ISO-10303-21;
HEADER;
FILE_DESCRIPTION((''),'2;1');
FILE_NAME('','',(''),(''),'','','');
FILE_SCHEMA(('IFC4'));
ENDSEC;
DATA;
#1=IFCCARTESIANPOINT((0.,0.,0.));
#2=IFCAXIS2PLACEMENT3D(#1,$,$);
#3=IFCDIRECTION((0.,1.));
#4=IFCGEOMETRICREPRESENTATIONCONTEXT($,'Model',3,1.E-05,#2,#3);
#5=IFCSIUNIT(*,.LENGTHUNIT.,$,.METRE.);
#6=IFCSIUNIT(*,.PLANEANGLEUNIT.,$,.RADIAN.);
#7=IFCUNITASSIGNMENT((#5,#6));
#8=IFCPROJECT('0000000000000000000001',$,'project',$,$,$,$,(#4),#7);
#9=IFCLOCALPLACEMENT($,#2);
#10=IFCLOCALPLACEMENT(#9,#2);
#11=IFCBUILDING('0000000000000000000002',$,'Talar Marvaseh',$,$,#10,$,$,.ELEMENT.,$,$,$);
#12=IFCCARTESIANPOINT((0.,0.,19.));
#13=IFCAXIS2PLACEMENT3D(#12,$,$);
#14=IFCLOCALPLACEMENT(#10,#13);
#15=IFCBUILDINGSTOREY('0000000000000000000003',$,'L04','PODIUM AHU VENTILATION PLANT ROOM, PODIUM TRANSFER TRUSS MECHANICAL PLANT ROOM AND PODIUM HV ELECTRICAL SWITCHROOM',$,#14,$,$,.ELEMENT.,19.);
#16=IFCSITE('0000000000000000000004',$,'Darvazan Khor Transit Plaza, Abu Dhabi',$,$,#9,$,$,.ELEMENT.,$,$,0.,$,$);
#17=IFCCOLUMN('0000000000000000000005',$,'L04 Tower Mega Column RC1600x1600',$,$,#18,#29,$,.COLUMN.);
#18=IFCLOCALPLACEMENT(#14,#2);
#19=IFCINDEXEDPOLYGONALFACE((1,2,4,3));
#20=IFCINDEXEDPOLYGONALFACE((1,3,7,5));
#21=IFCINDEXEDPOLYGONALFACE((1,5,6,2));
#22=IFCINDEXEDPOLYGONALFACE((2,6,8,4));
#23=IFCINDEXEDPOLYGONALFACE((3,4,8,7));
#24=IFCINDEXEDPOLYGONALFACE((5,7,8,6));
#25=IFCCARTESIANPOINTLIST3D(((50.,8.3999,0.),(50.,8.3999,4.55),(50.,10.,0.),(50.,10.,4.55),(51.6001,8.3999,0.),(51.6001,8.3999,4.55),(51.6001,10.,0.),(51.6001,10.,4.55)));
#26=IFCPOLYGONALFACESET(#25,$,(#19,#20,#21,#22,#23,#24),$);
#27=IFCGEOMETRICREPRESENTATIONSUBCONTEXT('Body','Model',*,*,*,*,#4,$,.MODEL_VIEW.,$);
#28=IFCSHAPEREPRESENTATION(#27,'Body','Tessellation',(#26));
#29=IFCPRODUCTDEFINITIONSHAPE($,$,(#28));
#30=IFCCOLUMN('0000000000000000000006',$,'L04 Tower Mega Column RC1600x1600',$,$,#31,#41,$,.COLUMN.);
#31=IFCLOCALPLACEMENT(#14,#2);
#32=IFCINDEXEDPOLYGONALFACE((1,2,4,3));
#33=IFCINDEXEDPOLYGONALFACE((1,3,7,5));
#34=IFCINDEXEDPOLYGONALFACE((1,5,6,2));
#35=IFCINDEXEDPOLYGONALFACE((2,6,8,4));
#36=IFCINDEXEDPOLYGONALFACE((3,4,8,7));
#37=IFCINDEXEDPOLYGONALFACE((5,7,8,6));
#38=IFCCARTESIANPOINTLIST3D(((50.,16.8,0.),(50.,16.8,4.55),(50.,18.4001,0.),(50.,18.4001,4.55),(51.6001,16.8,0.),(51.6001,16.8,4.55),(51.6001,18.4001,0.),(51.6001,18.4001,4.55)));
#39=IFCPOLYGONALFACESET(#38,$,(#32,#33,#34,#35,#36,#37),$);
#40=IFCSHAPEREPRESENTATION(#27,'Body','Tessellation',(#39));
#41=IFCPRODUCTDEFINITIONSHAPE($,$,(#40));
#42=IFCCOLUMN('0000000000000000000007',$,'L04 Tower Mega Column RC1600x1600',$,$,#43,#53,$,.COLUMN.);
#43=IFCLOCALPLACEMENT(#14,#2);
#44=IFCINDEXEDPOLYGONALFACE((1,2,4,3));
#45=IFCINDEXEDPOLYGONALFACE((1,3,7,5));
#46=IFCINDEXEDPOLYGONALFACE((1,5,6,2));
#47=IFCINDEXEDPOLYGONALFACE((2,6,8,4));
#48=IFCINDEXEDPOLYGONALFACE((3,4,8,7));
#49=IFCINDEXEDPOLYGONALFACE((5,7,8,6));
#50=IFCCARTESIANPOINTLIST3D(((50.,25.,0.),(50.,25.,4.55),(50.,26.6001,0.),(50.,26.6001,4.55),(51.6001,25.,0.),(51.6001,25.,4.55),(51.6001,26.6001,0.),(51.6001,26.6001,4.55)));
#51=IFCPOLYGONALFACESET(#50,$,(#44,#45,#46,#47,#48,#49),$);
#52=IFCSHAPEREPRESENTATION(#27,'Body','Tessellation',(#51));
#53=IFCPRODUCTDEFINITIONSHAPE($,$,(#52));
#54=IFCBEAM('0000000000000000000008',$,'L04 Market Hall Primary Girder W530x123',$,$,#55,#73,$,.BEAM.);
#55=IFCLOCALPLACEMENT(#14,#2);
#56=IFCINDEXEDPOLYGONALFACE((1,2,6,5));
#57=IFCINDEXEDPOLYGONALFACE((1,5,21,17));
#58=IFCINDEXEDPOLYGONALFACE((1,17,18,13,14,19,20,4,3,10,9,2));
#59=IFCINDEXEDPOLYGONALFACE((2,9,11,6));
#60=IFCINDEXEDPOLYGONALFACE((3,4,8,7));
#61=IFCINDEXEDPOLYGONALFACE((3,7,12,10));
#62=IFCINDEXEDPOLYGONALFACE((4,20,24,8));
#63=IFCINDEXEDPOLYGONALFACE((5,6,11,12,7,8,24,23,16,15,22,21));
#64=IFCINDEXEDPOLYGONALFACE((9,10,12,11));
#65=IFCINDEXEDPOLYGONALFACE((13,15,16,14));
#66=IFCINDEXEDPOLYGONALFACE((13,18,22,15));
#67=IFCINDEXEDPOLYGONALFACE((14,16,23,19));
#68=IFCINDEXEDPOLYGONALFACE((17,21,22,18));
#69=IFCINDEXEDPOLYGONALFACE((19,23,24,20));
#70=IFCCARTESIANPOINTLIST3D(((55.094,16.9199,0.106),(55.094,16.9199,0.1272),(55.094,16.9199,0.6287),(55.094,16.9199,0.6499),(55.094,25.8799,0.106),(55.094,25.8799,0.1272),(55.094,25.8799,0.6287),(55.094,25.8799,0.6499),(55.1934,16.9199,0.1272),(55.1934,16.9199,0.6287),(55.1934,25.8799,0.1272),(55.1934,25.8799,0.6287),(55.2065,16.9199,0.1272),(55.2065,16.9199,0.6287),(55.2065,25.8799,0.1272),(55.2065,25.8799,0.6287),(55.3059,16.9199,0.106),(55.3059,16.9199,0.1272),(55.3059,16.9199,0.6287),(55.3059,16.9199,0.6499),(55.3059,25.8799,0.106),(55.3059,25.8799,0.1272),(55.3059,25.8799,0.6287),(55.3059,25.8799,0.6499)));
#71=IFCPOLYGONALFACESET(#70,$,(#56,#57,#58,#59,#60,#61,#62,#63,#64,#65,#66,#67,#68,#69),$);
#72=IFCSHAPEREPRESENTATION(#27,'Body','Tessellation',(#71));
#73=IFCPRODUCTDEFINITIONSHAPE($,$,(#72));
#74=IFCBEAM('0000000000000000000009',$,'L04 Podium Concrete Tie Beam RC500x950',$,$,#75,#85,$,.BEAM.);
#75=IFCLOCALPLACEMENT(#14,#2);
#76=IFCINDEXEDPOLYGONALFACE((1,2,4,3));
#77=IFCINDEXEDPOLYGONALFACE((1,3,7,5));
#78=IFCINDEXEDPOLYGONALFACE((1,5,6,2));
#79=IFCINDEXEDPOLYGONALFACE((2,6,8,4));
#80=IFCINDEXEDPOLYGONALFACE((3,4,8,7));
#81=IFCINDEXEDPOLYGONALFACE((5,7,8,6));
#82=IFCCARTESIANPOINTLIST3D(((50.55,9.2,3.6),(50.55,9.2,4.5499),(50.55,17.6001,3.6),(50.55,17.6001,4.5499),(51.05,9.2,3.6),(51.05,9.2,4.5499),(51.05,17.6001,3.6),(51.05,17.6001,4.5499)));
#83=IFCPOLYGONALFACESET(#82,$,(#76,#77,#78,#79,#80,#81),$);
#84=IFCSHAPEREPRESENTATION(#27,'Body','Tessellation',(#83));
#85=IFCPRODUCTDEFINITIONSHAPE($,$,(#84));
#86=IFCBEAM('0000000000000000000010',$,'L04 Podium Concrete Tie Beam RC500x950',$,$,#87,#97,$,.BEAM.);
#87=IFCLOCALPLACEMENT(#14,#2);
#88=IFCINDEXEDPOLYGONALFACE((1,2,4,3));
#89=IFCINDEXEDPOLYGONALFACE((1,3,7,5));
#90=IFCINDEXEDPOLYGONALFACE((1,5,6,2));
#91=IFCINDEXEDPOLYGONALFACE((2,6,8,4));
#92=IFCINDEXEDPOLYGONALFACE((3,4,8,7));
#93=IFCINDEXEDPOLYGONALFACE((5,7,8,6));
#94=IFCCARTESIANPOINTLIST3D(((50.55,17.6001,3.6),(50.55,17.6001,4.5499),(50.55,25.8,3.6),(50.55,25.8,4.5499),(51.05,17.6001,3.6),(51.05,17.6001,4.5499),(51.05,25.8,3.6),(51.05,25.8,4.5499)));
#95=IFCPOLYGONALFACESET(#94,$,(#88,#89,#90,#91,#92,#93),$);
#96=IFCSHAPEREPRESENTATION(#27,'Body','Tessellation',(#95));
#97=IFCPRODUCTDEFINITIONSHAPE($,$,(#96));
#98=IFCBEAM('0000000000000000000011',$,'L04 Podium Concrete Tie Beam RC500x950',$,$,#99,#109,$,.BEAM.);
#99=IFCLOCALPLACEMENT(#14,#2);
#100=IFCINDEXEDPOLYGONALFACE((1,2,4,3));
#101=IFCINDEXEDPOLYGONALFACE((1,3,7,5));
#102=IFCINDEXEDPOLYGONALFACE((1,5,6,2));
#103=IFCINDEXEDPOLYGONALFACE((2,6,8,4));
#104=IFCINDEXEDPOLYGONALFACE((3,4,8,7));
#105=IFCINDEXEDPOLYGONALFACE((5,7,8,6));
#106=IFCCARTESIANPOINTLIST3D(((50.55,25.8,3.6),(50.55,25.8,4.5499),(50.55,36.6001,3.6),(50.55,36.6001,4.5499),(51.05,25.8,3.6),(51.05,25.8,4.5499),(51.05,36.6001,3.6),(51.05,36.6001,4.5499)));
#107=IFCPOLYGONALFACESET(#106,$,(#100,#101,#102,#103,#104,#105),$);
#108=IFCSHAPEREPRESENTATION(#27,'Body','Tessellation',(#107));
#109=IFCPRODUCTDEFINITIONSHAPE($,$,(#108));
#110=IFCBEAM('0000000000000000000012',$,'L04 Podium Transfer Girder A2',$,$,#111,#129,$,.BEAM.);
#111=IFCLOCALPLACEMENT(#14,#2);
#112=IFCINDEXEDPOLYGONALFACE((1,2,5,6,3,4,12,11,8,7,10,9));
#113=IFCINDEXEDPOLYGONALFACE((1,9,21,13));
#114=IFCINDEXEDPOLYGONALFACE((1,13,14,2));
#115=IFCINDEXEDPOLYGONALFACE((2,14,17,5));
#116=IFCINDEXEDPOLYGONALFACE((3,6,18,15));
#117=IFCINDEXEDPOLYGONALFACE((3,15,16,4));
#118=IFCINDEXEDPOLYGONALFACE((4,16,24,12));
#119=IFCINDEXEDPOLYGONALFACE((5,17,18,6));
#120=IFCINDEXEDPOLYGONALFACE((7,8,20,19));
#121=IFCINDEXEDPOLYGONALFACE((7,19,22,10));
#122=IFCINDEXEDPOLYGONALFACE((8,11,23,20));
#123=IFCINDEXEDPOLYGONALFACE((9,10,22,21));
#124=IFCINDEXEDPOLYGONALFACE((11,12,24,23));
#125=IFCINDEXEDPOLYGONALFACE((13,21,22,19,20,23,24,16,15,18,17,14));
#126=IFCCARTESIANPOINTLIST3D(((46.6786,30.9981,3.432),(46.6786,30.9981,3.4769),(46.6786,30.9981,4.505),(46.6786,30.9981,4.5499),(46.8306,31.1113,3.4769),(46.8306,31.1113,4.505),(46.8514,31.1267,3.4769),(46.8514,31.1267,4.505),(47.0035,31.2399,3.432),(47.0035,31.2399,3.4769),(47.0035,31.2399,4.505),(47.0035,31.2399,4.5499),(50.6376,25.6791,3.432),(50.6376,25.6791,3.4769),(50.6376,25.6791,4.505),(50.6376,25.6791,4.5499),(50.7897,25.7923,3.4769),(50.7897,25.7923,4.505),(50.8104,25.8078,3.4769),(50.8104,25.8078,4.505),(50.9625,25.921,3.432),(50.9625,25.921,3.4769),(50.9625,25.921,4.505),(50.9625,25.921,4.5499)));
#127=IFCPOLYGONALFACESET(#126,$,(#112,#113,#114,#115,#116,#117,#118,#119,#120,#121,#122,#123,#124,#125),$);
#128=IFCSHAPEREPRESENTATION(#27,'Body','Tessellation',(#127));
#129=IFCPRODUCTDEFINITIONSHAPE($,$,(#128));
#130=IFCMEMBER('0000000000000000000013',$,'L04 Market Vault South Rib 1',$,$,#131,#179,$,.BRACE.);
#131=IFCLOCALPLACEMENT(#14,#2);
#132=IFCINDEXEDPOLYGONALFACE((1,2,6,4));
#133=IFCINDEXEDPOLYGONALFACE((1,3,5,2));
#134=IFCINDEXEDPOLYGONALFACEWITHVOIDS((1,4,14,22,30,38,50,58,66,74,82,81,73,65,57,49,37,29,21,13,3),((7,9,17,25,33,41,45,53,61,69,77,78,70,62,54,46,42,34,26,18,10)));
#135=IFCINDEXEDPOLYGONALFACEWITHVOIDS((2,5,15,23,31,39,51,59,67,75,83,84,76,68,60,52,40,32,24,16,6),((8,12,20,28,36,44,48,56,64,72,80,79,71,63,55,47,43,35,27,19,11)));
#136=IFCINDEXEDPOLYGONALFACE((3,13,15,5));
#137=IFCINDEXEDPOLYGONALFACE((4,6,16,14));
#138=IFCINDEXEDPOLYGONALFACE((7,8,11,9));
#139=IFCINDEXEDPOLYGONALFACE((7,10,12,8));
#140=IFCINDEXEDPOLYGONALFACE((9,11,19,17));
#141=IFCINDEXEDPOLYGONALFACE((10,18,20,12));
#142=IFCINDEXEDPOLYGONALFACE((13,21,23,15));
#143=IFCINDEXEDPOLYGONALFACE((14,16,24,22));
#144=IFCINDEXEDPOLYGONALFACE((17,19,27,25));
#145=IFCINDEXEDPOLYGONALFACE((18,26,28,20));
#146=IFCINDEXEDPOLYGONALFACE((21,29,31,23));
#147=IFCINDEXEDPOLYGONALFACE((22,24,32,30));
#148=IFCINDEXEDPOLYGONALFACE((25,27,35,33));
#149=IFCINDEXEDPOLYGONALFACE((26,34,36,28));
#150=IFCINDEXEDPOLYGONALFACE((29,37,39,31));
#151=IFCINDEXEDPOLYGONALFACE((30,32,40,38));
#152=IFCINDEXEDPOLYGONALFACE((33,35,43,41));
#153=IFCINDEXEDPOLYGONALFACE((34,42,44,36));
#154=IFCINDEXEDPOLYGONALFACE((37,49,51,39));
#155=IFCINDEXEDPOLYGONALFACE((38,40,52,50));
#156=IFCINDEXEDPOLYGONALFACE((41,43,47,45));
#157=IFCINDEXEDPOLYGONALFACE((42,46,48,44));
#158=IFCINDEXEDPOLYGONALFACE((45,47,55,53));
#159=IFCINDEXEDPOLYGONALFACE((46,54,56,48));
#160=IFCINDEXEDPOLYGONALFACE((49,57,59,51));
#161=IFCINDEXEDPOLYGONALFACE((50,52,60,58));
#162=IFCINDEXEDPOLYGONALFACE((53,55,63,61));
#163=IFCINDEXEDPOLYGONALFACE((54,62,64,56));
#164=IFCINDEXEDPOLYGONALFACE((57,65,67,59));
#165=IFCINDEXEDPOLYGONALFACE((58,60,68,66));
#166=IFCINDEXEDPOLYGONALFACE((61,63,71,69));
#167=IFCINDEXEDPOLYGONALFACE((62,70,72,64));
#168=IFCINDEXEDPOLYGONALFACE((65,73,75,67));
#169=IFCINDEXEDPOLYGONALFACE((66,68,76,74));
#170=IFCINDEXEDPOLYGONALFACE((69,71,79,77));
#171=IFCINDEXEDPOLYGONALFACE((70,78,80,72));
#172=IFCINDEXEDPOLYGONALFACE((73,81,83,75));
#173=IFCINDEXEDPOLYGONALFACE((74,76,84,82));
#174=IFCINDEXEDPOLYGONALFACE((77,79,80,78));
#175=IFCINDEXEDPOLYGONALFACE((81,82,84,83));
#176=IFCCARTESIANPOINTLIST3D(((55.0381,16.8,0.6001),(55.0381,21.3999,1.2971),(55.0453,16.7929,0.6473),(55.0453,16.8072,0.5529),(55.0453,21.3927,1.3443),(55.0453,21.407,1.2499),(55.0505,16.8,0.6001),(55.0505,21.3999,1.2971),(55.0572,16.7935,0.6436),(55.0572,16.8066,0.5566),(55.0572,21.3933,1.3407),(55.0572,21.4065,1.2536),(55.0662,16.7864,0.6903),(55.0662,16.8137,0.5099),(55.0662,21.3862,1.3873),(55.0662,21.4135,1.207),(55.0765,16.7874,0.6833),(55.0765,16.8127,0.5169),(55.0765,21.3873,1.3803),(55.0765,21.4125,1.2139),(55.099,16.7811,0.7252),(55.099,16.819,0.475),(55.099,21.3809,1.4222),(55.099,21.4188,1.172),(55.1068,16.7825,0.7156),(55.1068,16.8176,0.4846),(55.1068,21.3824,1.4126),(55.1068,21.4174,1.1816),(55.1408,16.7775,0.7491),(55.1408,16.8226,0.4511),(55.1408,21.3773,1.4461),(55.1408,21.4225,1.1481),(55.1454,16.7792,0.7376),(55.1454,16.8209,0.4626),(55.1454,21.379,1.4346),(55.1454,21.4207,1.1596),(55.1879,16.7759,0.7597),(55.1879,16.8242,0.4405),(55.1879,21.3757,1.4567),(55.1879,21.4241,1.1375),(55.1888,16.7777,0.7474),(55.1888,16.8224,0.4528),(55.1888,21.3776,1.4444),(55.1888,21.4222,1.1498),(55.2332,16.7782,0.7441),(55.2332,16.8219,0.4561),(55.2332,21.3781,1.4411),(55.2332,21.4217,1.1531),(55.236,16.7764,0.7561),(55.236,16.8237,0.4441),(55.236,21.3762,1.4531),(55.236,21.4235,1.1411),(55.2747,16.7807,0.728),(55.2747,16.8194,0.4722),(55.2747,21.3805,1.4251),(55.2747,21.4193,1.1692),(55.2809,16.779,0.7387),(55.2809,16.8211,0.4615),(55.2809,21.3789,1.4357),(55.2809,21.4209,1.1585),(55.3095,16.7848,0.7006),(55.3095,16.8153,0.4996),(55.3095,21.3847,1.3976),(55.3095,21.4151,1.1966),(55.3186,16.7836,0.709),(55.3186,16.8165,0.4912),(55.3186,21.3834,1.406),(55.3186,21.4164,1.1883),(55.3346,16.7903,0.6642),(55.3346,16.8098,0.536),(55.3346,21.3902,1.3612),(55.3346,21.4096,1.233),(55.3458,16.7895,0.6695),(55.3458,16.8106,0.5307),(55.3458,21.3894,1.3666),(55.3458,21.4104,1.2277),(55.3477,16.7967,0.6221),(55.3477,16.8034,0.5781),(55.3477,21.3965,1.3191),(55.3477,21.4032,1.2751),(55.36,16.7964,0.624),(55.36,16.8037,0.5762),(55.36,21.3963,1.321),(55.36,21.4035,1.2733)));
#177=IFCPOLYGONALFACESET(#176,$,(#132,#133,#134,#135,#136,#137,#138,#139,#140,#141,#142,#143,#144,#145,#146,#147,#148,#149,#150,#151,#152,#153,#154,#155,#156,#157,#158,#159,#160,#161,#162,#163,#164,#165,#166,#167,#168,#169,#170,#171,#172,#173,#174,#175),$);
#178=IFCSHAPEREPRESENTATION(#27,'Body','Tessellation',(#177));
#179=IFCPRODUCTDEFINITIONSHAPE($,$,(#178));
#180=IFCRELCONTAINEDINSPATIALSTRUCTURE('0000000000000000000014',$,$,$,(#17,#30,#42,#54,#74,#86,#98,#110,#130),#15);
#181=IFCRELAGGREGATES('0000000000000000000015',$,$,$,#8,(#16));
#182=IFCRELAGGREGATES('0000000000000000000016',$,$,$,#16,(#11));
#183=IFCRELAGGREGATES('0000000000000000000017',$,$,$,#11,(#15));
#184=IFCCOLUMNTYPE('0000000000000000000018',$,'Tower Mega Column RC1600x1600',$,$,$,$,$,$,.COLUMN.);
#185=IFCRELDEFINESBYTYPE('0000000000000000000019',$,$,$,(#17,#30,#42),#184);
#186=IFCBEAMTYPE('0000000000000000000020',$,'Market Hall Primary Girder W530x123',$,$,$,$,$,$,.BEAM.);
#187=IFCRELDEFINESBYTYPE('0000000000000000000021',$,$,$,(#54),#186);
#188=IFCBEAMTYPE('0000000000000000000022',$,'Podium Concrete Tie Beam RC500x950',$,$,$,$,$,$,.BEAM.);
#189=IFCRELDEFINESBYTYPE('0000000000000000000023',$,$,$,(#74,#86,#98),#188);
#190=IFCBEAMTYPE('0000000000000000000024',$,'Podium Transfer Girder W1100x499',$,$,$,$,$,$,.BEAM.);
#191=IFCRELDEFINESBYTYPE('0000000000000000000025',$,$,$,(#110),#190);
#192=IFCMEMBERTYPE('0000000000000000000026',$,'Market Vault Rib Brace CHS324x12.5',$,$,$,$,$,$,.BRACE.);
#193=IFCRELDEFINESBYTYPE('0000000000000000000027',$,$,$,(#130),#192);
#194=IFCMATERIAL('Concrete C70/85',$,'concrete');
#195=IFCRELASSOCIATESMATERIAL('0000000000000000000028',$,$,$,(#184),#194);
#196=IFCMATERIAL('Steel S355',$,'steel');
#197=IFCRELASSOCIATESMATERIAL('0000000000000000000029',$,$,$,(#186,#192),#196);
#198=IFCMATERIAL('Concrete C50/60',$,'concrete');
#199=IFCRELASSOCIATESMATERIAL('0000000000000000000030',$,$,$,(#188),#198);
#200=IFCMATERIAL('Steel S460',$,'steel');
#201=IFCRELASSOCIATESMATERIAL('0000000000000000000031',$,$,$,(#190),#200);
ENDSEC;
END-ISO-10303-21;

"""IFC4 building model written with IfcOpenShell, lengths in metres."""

from ifc_helpers import new_model, si_unit, direction, frame, origin, origin_2d, place, context, subcontext, project, spatial, rectangle, hollow_circle, i_section, extrude, source, transform, mapped, material, material_profile, profile_set, type_object, element, save


model = new_model("IFC4")

# Units and contexts
model_context = context("Model", 3, precision=1e-05, world=origin(), true_north=direction((0.0, 1.0)))
body_context = subcontext(model_context, "Body", "Model", "MODEL_VIEW")
ifc_project = project(units=[si_unit("LENGTHUNIT", "METRE"), si_unit("PLANEANGLEUNIT", "RADIAN")], contexts=[model_context])

# Site, building, storey
site_placement = place(None, origin())
site = spatial("IfcSite", under=ifc_project, at=site_placement, Name="Darvazan Khor Transit Plaza, Abu Dhabi", CompositionType="ELEMENT", RefElevation=0.0)
building_placement = place(site_placement, origin())
building = spatial("IfcBuilding", under=site, at=building_placement, Name="Talar Marvaseh", CompositionType="ELEMENT")
storey_placement = place(building_placement, frame((0.0, 0.0, 19.0)))
storey = spatial("IfcBuildingStorey", under=building, at=storey_placement, Name="L04", Description="PODIUM AHU VENTILATION PLANT ROOM, PODIUM TRANSFER TRUSS MECHANICAL PLANT ROOM AND PODIUM HV ELECTRICAL SWITCHROOM", CompositionType="ELEMENT", Elevation=19.0)

# Columns
ifc_material_1 = material(Name="Concrete C70/85", Category="concrete")
ifc_material_profile_1 = material_profile(ifc_material_1, rectangle(XDim=1.6001, YDim=1.6001, at=origin_2d()), Name="RC1600x1600")
ifc_profile_set_1 = profile_set([ifc_material_profile_1], Name="Concrete C70/85")
column_type = type_object("IfcColumnType", Name="Tower Mega Column RC1600x1600", PredefinedType="COLUMN", material=ifc_profile_set_1)
for number, where, z_axis, x_axis, name in (
    (1, (50.8, 9.2, 0.0), (0.0, 0.0, 1.0), (1.0, 0.0, 0.0), "L04 Tower Mega Column RC1600x1600"),
    (2, (50.8, 17.6001, 0.0), (0.0, 0.0, 1.0), (1.0, 0.0, 0.0), "L04 Tower Mega Column RC1600x1600"),
    (3, (50.8, 25.8, 0.0), (0.0, 0.0, 1.0), (1.0, 0.0, 0.0), "L04 Tower Mega Column RC1600x1600"),
):
    element("IfcColumn", number, at=place(storey_placement, frame(where, z_axis=z_axis, x_axis=x_axis)), inside=storey, type_object=column_type, Name=name, PredefinedType="COLUMN", context=body_context, shape_type="SweptSolid", body=[
        extrude(rectangle(XDim=1.6001, YDim=1.6001, at=origin_2d()), origin(), (0.0, 0.0, 1.0), 4.55),
    ])

# Beams
ifc_material_2 = material(Name="Steel S355", Category="steel")
ifc_material_profile_2 = material_profile(ifc_material_2, i_section(OverallWidth=0.2119, OverallDepth=0.5439, WebThickness=0.0132, FlangeThickness=0.0212, at=origin_2d()), Name="W530x123")
ifc_profile_set_2 = profile_set([ifc_material_profile_2], Name="Steel S355")
beam_type_1 = type_object("IfcBeamType", Name="Market Hall Primary Girder W530x123", PredefinedType="BEAM", material=ifc_profile_set_2)
beam_1_placement = place(storey_placement, frame((55.2, 16.9199, 0.3779), z_axis=(0.0, 1.0, 0.0), x_axis=(-1.0, 0.0, 0.0)))
element("IfcBeam", 4, at=beam_1_placement, inside=storey, type_object=beam_type_1, Name="L04 Market Hall Primary Girder W530x123", PredefinedType="BEAM", context=body_context, shape_type="SweptSolid", body=[
    extrude(i_section(OverallWidth=0.2119, OverallDepth=0.5439, WebThickness=0.0132, FlangeThickness=0.0212, at=origin_2d()), origin(), (0.0, 0.0, 1.0), 8.96),
])
ifc_material_3 = material(Name="Concrete C50/60", Category="concrete")
ifc_material_profile_3 = material_profile(ifc_material_3, rectangle(XDim=0.5, YDim=0.95, at=origin_2d()), Name="RC500x950")
ifc_profile_set_3 = profile_set([ifc_material_profile_3], Name="Concrete C50/60")
beam_type_2 = type_object("IfcBeamType", Name="Podium Concrete Tie Beam RC500x950", PredefinedType="BEAM", material=ifc_profile_set_3)
beam_2_placement = place(storey_placement, frame((50.8, 9.2, 4.075), z_axis=(0.0, 1.0, 0.0), x_axis=(-1.0, 0.0, 0.0)))
element("IfcBeam", 5, at=beam_2_placement, inside=storey, type_object=beam_type_2, Name="L04 Podium Concrete Tie Beam RC500x950", PredefinedType="BEAM", context=body_context, shape_type="SweptSolid", body=[
    extrude(rectangle(XDim=0.5, YDim=0.95, at=origin_2d()), origin(), (0.0, 0.0, 1.0), 8.4001),
])
beam_3_placement = place(storey_placement, frame((50.8, 17.6001, 4.075), z_axis=(0.0, 1.0, 0.0), x_axis=(-1.0, 0.0, 0.0)))
element("IfcBeam", 6, at=beam_3_placement, inside=storey, type_object=beam_type_2, Name="L04 Podium Concrete Tie Beam RC500x950", PredefinedType="BEAM", context=body_context, shape_type="SweptSolid", body=[
    extrude(rectangle(XDim=0.5, YDim=0.95, at=origin_2d()), origin(), (0.0, 0.0, 1.0), 8.2),
])
beam_4_placement = place(storey_placement, frame((50.8, 25.8, 4.075), z_axis=(0.0, 1.0, 0.0), x_axis=(-1.0, 0.0, 0.0)))
element("IfcBeam", 7, at=beam_4_placement, inside=storey, type_object=beam_type_2, Name="L04 Podium Concrete Tie Beam RC500x950", PredefinedType="BEAM", context=body_context, shape_type="SweptSolid", body=[
    extrude(rectangle(XDim=0.5, YDim=0.95, at=origin_2d()), origin(), (0.0, 0.0, 1.0), 10.8),
])
ifc_material_4 = material(Name="Steel S460", Category="steel")
ifc_material_profile_4 = material_profile(ifc_material_4, i_section(OverallWidth=0.405, OverallDepth=1.1179, WebThickness=0.0259, FlangeThickness=0.0449, at=origin_2d()), Name="W1100x499")
ifc_profile_set_4 = profile_set([ifc_material_profile_4], Name="Steel S460")
beam_type_3 = type_object("IfcBeamType", Name="Podium Transfer Girder W1100x499", PredefinedType="BEAM", material=ifc_profile_set_4)
beam_5_placement = place(storey_placement, frame((50.8, 25.8, 3.991), z_axis=(-0.597086, 0.802177, 0.0), x_axis=(-0.802177, -0.597086, 0.0)))
element("IfcBeam", 8, at=beam_5_placement, inside=storey, type_object=beam_type_3, Name="L04 Podium Transfer Girder A2", PredefinedType="BEAM", context=body_context, shape_type="SweptSolid", body=[
    extrude(i_section(OverallWidth=0.405, OverallDepth=1.1179, WebThickness=0.0259, FlangeThickness=0.0449, at=origin_2d()), origin(), (0.0, 0.0, 1.0), 6.6306),
])

# Member
ifc_material_profile_5 = material_profile(ifc_material_2, hollow_circle(Radius=0.1619, WallThickness=0.0125, at=origin_2d()), Name="CHS324x12.5")
ifc_profile_set_5 = profile_set([ifc_material_profile_5], Name="Steel S355")
member_type_1 = type_object("IfcMemberType", Name="Market Vault Rib Brace CHS324x12.5", PredefinedType="BRACE", material=ifc_profile_set_5)
shared_shape_1 = source(origin(), body_context, "Body", "SweptSolid", [
    extrude(hollow_circle(Radius=0.1619, WallThickness=0.0125, at=origin_2d()), origin(), (0.0, 0.0, 1.0), 4.6523),
])
member_1_placement = place(storey_placement, frame((55.2, 16.8, 0.6001), z_axis=(0.0, 0.988713, 0.149821), x_axis=(-1.0, 0.0, 0.0)))
element("IfcMember", 9, at=member_1_placement, inside=storey, type_object=member_type_1, Name="L04 Market Vault South Rib 1", PredefinedType="BRACE", context=body_context, shape_type="MappedRepresentation", body=[
    mapped(shared_shape_1, transform((0.0, 0.0, 0.0), x_axis=(1.0, 0.0, 0.0), y_axis=(0.0, 1.0, 0.0), z_axis=(0.0, 0.0, 1.0), scale=1.0)),
])

save(model, "model.ifc")
